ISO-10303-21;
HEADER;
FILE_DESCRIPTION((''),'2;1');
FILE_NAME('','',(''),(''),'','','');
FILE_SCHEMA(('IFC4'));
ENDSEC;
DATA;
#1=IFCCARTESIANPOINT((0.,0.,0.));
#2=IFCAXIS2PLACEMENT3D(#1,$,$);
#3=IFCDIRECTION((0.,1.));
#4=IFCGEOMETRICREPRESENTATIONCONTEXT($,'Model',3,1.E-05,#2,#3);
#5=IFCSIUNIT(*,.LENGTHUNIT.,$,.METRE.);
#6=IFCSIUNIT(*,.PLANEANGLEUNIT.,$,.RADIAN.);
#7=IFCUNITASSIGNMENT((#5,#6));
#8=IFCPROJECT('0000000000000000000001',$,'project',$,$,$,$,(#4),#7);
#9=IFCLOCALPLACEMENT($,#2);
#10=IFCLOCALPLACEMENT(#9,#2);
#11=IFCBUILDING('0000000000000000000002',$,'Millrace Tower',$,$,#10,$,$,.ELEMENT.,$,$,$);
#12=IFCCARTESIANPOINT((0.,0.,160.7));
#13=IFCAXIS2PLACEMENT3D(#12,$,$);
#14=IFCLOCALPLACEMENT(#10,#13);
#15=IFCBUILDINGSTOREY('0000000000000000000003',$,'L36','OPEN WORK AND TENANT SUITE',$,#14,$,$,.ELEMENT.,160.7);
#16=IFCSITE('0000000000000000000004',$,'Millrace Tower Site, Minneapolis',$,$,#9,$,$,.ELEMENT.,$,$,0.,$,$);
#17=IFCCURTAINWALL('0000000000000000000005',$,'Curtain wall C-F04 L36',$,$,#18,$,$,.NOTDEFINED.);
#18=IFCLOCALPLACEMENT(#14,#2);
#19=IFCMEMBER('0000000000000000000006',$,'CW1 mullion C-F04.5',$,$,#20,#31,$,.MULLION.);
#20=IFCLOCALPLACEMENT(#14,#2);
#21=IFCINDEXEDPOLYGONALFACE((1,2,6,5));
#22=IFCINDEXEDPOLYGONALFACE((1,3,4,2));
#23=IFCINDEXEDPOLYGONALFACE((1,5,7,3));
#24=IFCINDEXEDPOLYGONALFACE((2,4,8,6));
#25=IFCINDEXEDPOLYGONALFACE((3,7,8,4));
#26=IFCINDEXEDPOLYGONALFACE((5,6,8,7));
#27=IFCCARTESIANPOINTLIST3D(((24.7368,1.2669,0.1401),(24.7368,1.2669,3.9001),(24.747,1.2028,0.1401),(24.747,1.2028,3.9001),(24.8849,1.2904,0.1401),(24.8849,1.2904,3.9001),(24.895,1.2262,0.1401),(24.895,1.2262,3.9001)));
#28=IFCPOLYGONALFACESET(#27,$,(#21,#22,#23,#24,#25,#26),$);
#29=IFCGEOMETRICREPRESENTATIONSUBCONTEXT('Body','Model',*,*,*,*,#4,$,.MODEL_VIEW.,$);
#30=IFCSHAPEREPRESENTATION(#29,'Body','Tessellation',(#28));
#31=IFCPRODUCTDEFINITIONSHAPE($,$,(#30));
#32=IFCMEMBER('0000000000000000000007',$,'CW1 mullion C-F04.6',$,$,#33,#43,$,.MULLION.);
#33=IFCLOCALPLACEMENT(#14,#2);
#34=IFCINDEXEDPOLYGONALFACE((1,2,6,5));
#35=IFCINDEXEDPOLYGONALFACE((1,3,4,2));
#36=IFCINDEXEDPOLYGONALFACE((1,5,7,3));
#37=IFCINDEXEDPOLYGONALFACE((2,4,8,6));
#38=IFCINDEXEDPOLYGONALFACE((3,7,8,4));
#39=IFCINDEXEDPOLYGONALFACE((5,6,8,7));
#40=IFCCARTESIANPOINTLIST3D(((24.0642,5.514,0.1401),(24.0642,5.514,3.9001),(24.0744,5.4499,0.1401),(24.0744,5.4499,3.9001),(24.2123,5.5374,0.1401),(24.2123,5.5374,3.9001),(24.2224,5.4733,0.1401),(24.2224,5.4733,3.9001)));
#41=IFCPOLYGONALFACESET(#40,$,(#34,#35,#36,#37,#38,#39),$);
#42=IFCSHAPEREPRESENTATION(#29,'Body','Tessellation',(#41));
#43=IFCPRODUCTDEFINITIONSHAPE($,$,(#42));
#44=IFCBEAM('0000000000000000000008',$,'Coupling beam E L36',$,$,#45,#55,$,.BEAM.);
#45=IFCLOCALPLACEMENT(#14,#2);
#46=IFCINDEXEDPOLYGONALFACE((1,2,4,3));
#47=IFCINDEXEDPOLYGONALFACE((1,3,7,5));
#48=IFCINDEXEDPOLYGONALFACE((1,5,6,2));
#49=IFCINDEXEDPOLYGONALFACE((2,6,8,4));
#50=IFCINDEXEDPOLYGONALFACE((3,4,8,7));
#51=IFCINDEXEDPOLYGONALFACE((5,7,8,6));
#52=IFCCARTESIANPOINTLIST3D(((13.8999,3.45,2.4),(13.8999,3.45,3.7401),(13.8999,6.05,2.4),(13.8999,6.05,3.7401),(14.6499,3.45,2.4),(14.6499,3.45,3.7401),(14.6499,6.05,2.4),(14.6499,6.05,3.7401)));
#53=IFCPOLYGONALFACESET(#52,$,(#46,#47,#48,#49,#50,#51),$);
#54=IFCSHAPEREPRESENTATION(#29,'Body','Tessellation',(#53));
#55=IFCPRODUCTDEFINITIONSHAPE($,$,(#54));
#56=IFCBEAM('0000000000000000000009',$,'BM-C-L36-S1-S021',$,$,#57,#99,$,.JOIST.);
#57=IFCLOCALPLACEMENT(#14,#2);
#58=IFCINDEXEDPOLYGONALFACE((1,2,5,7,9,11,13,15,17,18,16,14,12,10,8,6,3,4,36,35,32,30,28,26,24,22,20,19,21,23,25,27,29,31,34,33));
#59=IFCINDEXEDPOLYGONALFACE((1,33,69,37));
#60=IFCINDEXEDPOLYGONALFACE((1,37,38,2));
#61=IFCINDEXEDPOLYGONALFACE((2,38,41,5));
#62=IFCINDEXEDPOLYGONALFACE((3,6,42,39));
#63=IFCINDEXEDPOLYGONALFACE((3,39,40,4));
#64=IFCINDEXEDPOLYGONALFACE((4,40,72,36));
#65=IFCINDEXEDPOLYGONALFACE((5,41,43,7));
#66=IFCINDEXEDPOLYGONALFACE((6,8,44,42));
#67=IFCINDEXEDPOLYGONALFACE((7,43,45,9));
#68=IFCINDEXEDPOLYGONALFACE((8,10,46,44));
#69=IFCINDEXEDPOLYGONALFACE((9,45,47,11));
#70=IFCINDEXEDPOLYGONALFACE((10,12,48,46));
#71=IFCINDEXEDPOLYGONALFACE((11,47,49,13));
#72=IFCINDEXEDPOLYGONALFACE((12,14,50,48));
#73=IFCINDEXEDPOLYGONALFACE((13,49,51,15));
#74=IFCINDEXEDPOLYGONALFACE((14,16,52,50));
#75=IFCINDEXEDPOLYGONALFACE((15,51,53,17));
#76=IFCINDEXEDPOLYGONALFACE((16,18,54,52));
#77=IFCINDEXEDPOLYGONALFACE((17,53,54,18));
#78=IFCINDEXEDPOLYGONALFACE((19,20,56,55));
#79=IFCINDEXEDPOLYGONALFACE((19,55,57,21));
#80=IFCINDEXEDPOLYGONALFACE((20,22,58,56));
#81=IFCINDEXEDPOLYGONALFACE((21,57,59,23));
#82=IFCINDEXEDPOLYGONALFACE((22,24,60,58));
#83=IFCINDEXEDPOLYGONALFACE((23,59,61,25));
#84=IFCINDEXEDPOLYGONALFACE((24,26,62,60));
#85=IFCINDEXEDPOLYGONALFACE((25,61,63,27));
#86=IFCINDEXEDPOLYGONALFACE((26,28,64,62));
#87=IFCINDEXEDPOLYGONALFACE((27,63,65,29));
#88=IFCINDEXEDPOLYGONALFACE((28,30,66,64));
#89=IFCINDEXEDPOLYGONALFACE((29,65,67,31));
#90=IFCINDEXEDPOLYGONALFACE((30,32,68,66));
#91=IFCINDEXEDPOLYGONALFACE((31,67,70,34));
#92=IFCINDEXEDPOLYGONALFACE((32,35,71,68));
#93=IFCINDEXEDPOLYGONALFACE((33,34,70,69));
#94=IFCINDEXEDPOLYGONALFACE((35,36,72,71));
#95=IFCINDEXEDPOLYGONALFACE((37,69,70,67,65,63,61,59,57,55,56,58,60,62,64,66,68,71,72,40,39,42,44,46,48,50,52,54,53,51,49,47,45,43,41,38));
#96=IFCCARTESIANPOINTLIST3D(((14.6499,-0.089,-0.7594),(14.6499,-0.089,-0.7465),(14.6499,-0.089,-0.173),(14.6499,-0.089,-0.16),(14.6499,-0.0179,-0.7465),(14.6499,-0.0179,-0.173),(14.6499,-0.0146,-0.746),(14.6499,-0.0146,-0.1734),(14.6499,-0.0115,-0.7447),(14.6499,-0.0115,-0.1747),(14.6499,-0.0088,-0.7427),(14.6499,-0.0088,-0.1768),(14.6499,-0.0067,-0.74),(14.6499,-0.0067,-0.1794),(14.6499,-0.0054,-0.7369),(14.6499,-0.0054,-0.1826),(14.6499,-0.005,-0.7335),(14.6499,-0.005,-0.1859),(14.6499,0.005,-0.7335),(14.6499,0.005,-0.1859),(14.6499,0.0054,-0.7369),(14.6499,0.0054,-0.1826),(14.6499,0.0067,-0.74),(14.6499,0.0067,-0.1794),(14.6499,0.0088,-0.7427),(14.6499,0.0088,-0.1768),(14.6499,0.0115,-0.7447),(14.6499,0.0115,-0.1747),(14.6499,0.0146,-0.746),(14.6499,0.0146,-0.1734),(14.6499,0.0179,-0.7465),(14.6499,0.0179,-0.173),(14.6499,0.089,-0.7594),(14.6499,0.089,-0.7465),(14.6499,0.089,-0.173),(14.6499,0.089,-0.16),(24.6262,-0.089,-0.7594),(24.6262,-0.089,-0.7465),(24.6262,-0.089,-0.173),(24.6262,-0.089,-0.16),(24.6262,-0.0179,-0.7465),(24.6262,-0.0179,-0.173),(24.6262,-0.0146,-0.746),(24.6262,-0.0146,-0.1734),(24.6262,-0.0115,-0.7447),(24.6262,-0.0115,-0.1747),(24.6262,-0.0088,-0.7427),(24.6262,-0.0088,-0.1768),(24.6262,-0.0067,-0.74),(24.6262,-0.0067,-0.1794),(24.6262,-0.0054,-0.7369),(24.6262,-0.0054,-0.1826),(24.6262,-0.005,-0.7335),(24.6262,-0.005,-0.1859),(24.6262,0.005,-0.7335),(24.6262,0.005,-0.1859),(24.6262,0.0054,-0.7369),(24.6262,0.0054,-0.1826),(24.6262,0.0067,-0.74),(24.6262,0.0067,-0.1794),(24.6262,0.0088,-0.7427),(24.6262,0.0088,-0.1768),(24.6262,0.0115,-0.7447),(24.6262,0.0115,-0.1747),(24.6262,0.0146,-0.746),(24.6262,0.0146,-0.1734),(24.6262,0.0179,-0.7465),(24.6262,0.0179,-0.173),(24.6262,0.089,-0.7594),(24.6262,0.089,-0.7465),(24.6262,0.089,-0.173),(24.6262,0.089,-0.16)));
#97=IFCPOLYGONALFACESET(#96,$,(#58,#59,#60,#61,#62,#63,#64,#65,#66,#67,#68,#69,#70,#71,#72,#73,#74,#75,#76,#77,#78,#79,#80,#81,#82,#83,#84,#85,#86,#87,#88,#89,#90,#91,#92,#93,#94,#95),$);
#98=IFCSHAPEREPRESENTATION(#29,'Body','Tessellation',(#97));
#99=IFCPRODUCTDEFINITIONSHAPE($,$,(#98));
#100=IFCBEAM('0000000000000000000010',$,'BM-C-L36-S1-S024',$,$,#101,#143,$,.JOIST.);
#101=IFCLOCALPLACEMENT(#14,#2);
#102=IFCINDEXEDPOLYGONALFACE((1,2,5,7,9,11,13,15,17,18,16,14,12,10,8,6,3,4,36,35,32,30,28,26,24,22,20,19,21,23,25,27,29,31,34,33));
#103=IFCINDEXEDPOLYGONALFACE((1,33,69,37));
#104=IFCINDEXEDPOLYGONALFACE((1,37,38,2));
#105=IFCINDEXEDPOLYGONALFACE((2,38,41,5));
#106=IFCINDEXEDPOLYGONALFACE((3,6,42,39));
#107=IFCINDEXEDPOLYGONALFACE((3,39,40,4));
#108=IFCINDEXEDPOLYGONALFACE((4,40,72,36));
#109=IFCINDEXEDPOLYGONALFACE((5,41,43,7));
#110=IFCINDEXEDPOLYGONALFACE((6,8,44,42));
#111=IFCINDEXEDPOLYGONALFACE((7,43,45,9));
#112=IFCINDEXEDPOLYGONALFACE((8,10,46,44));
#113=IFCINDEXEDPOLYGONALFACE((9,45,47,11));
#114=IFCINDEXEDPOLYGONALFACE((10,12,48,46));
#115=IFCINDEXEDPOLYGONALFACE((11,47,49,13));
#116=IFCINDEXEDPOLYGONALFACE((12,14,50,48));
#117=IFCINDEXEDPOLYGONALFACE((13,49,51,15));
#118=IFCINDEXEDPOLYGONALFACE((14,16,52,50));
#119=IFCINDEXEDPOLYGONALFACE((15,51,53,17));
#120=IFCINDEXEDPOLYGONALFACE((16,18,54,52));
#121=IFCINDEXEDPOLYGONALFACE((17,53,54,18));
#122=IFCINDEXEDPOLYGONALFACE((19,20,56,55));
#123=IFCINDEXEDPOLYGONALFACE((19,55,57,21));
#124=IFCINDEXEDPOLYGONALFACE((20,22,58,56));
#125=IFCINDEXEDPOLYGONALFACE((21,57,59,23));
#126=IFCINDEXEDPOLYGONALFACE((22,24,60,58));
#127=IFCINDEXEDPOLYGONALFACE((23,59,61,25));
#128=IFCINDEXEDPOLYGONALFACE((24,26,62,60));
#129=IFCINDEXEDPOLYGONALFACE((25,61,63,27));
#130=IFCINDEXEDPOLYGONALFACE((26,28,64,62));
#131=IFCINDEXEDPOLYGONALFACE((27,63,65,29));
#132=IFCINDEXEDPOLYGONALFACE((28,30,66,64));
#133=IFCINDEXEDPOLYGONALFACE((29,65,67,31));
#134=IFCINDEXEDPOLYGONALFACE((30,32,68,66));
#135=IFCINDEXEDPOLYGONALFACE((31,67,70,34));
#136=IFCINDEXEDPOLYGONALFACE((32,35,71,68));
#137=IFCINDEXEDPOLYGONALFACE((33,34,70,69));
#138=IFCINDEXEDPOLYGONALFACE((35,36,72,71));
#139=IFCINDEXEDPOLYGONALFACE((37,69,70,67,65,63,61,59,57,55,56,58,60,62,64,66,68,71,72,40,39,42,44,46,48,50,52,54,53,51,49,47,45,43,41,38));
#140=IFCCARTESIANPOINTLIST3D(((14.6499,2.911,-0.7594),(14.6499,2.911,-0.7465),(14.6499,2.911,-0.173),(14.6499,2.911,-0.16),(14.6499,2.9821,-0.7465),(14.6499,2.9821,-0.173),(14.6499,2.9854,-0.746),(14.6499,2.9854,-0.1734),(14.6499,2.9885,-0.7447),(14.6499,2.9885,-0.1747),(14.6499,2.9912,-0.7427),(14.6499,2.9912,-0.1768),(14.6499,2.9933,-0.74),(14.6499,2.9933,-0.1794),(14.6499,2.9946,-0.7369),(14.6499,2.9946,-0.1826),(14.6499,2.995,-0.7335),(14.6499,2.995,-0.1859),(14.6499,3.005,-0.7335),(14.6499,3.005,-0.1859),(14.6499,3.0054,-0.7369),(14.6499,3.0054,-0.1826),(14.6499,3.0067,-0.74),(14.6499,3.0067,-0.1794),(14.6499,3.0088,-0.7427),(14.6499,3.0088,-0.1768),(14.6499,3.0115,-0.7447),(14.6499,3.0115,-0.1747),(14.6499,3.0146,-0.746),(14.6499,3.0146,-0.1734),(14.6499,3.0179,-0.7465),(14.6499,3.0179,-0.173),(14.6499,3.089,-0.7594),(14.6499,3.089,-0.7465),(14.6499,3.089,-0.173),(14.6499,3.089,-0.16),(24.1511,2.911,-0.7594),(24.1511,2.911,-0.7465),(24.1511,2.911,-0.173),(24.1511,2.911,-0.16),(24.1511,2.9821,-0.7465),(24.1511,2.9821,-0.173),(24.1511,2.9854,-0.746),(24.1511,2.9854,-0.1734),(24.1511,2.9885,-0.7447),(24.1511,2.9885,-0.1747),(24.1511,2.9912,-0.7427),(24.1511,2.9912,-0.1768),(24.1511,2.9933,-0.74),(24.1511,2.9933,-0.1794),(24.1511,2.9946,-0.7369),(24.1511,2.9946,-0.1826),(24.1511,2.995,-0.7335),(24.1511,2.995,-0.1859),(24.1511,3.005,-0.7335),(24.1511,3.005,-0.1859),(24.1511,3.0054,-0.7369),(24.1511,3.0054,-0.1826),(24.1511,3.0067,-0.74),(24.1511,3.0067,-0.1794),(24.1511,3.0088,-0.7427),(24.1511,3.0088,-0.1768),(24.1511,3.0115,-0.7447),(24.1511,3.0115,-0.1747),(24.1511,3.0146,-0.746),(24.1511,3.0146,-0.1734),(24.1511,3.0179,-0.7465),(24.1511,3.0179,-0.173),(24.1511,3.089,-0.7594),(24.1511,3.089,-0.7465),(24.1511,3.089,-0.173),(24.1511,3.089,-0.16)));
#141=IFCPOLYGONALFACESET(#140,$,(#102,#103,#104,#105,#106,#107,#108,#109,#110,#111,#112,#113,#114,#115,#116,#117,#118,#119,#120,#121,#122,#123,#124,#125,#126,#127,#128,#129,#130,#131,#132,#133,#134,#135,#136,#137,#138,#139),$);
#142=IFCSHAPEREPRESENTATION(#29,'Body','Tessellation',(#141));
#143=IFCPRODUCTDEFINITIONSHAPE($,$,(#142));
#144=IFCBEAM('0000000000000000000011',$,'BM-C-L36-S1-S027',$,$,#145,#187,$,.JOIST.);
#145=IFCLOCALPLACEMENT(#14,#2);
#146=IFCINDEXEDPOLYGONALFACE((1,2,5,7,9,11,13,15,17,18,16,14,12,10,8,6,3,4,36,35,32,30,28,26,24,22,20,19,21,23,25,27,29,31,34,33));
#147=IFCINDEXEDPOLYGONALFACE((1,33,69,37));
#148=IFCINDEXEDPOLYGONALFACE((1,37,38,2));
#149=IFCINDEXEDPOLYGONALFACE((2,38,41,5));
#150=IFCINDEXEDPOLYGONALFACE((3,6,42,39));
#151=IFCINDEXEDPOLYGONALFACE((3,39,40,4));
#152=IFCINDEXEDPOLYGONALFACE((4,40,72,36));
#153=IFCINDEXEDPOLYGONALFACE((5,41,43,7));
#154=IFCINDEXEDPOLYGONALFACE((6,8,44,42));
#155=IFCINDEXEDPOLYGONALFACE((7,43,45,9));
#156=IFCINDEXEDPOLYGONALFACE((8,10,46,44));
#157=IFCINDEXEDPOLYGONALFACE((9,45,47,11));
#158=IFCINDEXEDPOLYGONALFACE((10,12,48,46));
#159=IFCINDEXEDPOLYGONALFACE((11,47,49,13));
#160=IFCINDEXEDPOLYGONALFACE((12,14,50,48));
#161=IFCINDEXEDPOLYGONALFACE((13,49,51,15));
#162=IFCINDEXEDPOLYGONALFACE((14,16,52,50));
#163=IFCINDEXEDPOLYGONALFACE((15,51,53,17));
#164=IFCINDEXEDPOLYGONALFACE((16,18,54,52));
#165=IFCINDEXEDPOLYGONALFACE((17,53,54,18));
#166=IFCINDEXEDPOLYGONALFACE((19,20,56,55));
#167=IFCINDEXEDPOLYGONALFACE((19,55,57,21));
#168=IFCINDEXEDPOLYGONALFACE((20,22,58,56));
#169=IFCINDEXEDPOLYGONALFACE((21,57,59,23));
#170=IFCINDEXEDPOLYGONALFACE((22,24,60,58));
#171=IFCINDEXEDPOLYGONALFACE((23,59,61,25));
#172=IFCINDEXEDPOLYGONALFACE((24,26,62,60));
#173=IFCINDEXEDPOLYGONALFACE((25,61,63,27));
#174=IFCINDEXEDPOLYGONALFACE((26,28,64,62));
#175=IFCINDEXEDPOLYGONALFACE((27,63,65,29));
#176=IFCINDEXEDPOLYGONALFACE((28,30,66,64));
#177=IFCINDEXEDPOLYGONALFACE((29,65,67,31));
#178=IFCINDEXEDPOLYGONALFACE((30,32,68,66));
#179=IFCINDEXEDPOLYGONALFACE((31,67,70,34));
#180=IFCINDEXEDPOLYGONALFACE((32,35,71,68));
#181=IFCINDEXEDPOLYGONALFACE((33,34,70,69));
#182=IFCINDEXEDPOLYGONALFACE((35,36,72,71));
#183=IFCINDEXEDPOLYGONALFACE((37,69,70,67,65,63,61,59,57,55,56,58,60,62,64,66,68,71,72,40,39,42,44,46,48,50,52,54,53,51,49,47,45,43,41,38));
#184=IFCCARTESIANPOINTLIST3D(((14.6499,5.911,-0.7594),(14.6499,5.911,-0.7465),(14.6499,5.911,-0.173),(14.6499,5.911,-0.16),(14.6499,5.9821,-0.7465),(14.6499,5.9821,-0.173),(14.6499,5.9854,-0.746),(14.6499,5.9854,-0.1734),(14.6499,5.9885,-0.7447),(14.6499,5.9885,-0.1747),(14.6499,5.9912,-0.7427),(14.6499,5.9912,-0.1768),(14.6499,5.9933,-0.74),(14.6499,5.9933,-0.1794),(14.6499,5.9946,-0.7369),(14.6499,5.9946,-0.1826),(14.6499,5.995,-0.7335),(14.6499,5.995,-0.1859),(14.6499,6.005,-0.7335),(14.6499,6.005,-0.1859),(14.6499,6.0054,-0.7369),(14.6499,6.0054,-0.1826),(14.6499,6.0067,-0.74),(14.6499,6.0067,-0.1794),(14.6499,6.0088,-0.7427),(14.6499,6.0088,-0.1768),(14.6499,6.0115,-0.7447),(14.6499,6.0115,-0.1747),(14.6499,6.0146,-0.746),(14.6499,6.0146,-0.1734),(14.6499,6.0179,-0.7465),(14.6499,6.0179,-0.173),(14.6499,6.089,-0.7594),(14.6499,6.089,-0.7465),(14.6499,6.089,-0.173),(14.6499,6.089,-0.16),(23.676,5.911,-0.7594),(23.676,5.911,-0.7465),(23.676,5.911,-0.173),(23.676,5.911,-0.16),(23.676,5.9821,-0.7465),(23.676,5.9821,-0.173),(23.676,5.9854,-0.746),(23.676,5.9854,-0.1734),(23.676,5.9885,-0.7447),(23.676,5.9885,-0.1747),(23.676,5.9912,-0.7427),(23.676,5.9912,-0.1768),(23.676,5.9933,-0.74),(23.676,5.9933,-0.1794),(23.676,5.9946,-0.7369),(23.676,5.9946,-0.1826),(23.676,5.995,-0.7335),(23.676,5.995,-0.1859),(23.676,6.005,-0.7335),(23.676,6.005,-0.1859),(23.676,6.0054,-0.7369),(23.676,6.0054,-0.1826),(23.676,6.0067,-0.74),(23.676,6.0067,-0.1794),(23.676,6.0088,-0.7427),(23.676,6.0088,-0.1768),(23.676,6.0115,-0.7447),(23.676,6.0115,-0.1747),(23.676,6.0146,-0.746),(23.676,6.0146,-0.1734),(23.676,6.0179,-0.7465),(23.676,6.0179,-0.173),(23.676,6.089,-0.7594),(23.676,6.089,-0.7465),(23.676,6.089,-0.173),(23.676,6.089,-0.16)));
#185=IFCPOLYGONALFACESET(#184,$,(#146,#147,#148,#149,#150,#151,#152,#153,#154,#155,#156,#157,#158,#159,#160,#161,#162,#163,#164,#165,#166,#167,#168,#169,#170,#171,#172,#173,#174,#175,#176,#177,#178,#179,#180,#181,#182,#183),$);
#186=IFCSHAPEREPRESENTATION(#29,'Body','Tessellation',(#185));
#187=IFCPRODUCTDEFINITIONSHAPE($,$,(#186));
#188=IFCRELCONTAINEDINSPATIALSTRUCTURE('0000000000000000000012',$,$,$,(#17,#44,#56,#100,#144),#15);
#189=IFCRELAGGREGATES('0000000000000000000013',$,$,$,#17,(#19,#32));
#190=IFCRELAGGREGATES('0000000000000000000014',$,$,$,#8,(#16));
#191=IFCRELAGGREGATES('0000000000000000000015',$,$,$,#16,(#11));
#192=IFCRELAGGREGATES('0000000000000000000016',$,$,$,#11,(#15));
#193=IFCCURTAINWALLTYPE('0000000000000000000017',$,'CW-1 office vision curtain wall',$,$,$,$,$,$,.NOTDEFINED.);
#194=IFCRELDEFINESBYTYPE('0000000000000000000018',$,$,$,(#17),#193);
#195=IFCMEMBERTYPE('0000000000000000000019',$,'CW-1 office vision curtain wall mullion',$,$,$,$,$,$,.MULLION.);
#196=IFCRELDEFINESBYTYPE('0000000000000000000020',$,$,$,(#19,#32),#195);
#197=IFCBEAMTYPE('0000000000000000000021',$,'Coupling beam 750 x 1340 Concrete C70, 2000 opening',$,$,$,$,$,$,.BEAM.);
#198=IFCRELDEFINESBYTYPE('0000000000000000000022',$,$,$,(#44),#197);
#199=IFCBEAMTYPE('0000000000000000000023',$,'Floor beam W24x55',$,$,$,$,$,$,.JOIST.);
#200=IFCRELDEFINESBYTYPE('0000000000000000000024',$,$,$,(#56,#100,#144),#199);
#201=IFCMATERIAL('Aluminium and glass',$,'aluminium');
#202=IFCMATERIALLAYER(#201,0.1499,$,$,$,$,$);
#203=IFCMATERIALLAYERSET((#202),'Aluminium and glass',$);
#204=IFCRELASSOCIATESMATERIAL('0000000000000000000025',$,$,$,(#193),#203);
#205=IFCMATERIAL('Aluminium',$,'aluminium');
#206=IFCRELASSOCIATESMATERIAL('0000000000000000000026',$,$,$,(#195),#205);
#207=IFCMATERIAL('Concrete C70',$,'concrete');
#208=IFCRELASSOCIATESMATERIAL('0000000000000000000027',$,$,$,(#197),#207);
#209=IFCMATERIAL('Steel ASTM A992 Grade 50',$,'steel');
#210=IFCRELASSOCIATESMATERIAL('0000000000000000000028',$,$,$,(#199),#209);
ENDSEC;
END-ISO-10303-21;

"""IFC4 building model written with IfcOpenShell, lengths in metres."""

from ifc_helpers import new_model, si_unit, direction, frame, origin, origin_2d, place, context, subcontext, project, spatial, rectangle, i_section, extrude, material, layer, layer_set, material_profile, profile_set, type_object, element, aggregate, save


model = new_model("IFC4")

# Units and contexts
model_context = context("Model", 3, precision=1e-05, world=origin(), true_north=direction((0.0, 1.0)))
body_context = subcontext(model_context, "Body", "Model", "MODEL_VIEW")
ifc_project = project(units=[si_unit("LENGTHUNIT", "METRE"), si_unit("PLANEANGLEUNIT", "RADIAN")], contexts=[model_context])

# Site, building, storey
site_placement = place(None, origin())
site = spatial("IfcSite", under=ifc_project, at=site_placement, Name="Millrace Tower Site, Minneapolis", CompositionType="ELEMENT", RefElevation=0.0)
building_placement = place(site_placement, origin())
building = spatial("IfcBuilding", under=site, at=building_placement, Name="Millrace Tower", CompositionType="ELEMENT")
storey_placement = place(building_placement, frame((0.0, 0.0, 160.7)))
storey = spatial("IfcBuildingStorey", under=building, at=storey_placement, Name="L36", Description="OPEN WORK AND TENANT SUITE", CompositionType="ELEMENT", Elevation=160.7)

# Curtain wall, members
ifc_material_1 = material(Name="Aluminium and glass", Category="aluminium")
ifc_layer_1 = layer(ifc_material_1, 0.1499)
ifc_layer_set_1 = layer_set([ifc_layer_1], Name="Aluminium and glass")
curtain_wall_type = type_object("IfcCurtainWallType", Name="CW-1 office vision curtain wall", PredefinedType="NOTDEFINED", material=ifc_layer_set_1)
curtain_wall_placement = place(storey_placement, origin())
curtain_wall = element("IfcCurtainWall", 1, at=curtain_wall_placement, inside=storey, type_object=curtain_wall_type, Name="Curtain wall C-F04 L36", PredefinedType="NOTDEFINED")
ifc_material_2 = material(Name="Aluminium", Category="aluminium")
ifc_material_profile_1 = material_profile(ifc_material_2, rectangle(XDim=0.0649, YDim=0.1499, at=origin_2d()))
ifc_profile_set_1 = profile_set([ifc_material_profile_1], Name="Aluminium")
member_type = type_object("IfcMemberType", Name="CW-1 office vision curtain wall mullion", PredefinedType="MULLION", material=ifc_profile_set_1)
member_1_placement = place(storey_placement, frame((24.8159, 1.2466, 0.1401), z_axis=(0.0, 0.0, 1.0), x_axis=(-0.156434, 0.987688, 0.0)))
member_1 = element("IfcMember", 2, at=member_1_placement, type_object=member_type, Name="CW1 mullion C-F04.5", PredefinedType="MULLION", context=body_context, shape_type="SweptSolid", body=[
    extrude(rectangle(XDim=0.0649, YDim=0.1499, at=origin_2d()), origin(), (0.0, 0.0, 1.0), 3.76),
])
member_2_placement = place(storey_placement, frame((24.1433, 5.4937, 0.1401), z_axis=(0.0, 0.0, 1.0), x_axis=(-0.156434, 0.987688, 0.0)))
member_2 = element("IfcMember", 3, at=member_2_placement, type_object=member_type, Name="CW1 mullion C-F04.6", PredefinedType="MULLION", context=body_context, shape_type="SweptSolid", body=[
    extrude(rectangle(XDim=0.0649, YDim=0.1499, at=origin_2d()), origin(), (0.0, 0.0, 1.0), 3.76),
])
aggregate(curtain_wall, [member_1, member_2])

# Beams
ifc_material_3 = material(Name="Concrete C70", Category="concrete")
ifc_material_profile_2 = material_profile(ifc_material_3, rectangle(XDim=0.75, YDim=1.3401, at=origin_2d()))
ifc_profile_set_2 = profile_set([ifc_material_profile_2], Name="Concrete C70")
beam_type_1 = type_object("IfcBeamType", Name="Coupling beam 750 x 1340 Concrete C70, 2000 opening", PredefinedType="BEAM", material=ifc_profile_set_2)
beam_1_placement = place(storey_placement, frame((14.2749, 6.05, 3.0701), z_axis=(0.0, -1.0, 0.0), x_axis=(1.0, 0.0, 0.0)))
element("IfcBeam", 4, at=beam_1_placement, inside=storey, type_object=beam_type_1, Name="Coupling beam E L36", PredefinedType="BEAM", context=body_context, shape_type="SweptSolid", body=[
    extrude(rectangle(XDim=0.75, YDim=1.3401, at=origin_2d()), origin(), (0.0, 0.0, 1.0), 2.6001),
])
ifc_material_4 = material(Name="Steel ASTM A992 Grade 50", Category="steel")
ifc_material_profile_3 = material_profile(ifc_material_4, i_section(OverallWidth=0.178, OverallDepth=0.5994, WebThickness=0.01, FlangeThickness=0.0129, FilletRadius=0.0129, at=origin_2d()))
ifc_profile_set_3 = profile_set([ifc_material_profile_3], Name="Steel ASTM A992 Grade 50")
beam_type_2 = type_object("IfcBeamType", Name="Floor beam W24x55", PredefinedType="JOIST", material=ifc_profile_set_3)
beam_2_placement = place(storey_placement, frame((14.6499, 0.0, -0.4597), z_axis=(1.0, 0.0, 0.0), x_axis=(0.0, 1.0, 0.0)))
element("IfcBeam", 5, at=beam_2_placement, inside=storey, type_object=beam_type_2, Name="BM-C-L36-S1-S021", PredefinedType="JOIST", context=body_context, shape_type="SweptSolid", body=[
    extrude(i_section(OverallWidth=0.178, OverallDepth=0.5994, WebThickness=0.01, FlangeThickness=0.0129, FilletRadius=0.0129, at=origin_2d()), origin(), (0.0, 0.0, 1.0), 9.9763),
])
beam_3_placement = place(storey_placement, frame((14.6499, 3.0, -0.4597), z_axis=(1.0, 0.0, 0.0), x_axis=(0.0, 1.0, 0.0)))
element("IfcBeam", 6, at=beam_3_placement, inside=storey, type_object=beam_type_2, Name="BM-C-L36-S1-S024", PredefinedType="JOIST", context=body_context, shape_type="SweptSolid", body=[
    extrude(i_section(OverallWidth=0.178, OverallDepth=0.5994, WebThickness=0.01, FlangeThickness=0.0129, FilletRadius=0.0129, at=origin_2d()), origin(), (0.0, 0.0, 1.0), 9.5012),
])
beam_4_placement = place(storey_placement, frame((14.6499, 6.0, -0.4597), z_axis=(1.0, 0.0, 0.0), x_axis=(0.0, 1.0, 0.0)))
element("IfcBeam", 7, at=beam_4_placement, inside=storey, type_object=beam_type_2, Name="BM-C-L36-S1-S027", PredefinedType="JOIST", context=body_context, shape_type="SweptSolid", body=[
    extrude(i_section(OverallWidth=0.178, OverallDepth=0.5994, WebThickness=0.01, FlangeThickness=0.0129, FilletRadius=0.0129, at=origin_2d()), origin(), (0.0, 0.0, 1.0), 9.0261),
])

save(model, "model.ifc")
